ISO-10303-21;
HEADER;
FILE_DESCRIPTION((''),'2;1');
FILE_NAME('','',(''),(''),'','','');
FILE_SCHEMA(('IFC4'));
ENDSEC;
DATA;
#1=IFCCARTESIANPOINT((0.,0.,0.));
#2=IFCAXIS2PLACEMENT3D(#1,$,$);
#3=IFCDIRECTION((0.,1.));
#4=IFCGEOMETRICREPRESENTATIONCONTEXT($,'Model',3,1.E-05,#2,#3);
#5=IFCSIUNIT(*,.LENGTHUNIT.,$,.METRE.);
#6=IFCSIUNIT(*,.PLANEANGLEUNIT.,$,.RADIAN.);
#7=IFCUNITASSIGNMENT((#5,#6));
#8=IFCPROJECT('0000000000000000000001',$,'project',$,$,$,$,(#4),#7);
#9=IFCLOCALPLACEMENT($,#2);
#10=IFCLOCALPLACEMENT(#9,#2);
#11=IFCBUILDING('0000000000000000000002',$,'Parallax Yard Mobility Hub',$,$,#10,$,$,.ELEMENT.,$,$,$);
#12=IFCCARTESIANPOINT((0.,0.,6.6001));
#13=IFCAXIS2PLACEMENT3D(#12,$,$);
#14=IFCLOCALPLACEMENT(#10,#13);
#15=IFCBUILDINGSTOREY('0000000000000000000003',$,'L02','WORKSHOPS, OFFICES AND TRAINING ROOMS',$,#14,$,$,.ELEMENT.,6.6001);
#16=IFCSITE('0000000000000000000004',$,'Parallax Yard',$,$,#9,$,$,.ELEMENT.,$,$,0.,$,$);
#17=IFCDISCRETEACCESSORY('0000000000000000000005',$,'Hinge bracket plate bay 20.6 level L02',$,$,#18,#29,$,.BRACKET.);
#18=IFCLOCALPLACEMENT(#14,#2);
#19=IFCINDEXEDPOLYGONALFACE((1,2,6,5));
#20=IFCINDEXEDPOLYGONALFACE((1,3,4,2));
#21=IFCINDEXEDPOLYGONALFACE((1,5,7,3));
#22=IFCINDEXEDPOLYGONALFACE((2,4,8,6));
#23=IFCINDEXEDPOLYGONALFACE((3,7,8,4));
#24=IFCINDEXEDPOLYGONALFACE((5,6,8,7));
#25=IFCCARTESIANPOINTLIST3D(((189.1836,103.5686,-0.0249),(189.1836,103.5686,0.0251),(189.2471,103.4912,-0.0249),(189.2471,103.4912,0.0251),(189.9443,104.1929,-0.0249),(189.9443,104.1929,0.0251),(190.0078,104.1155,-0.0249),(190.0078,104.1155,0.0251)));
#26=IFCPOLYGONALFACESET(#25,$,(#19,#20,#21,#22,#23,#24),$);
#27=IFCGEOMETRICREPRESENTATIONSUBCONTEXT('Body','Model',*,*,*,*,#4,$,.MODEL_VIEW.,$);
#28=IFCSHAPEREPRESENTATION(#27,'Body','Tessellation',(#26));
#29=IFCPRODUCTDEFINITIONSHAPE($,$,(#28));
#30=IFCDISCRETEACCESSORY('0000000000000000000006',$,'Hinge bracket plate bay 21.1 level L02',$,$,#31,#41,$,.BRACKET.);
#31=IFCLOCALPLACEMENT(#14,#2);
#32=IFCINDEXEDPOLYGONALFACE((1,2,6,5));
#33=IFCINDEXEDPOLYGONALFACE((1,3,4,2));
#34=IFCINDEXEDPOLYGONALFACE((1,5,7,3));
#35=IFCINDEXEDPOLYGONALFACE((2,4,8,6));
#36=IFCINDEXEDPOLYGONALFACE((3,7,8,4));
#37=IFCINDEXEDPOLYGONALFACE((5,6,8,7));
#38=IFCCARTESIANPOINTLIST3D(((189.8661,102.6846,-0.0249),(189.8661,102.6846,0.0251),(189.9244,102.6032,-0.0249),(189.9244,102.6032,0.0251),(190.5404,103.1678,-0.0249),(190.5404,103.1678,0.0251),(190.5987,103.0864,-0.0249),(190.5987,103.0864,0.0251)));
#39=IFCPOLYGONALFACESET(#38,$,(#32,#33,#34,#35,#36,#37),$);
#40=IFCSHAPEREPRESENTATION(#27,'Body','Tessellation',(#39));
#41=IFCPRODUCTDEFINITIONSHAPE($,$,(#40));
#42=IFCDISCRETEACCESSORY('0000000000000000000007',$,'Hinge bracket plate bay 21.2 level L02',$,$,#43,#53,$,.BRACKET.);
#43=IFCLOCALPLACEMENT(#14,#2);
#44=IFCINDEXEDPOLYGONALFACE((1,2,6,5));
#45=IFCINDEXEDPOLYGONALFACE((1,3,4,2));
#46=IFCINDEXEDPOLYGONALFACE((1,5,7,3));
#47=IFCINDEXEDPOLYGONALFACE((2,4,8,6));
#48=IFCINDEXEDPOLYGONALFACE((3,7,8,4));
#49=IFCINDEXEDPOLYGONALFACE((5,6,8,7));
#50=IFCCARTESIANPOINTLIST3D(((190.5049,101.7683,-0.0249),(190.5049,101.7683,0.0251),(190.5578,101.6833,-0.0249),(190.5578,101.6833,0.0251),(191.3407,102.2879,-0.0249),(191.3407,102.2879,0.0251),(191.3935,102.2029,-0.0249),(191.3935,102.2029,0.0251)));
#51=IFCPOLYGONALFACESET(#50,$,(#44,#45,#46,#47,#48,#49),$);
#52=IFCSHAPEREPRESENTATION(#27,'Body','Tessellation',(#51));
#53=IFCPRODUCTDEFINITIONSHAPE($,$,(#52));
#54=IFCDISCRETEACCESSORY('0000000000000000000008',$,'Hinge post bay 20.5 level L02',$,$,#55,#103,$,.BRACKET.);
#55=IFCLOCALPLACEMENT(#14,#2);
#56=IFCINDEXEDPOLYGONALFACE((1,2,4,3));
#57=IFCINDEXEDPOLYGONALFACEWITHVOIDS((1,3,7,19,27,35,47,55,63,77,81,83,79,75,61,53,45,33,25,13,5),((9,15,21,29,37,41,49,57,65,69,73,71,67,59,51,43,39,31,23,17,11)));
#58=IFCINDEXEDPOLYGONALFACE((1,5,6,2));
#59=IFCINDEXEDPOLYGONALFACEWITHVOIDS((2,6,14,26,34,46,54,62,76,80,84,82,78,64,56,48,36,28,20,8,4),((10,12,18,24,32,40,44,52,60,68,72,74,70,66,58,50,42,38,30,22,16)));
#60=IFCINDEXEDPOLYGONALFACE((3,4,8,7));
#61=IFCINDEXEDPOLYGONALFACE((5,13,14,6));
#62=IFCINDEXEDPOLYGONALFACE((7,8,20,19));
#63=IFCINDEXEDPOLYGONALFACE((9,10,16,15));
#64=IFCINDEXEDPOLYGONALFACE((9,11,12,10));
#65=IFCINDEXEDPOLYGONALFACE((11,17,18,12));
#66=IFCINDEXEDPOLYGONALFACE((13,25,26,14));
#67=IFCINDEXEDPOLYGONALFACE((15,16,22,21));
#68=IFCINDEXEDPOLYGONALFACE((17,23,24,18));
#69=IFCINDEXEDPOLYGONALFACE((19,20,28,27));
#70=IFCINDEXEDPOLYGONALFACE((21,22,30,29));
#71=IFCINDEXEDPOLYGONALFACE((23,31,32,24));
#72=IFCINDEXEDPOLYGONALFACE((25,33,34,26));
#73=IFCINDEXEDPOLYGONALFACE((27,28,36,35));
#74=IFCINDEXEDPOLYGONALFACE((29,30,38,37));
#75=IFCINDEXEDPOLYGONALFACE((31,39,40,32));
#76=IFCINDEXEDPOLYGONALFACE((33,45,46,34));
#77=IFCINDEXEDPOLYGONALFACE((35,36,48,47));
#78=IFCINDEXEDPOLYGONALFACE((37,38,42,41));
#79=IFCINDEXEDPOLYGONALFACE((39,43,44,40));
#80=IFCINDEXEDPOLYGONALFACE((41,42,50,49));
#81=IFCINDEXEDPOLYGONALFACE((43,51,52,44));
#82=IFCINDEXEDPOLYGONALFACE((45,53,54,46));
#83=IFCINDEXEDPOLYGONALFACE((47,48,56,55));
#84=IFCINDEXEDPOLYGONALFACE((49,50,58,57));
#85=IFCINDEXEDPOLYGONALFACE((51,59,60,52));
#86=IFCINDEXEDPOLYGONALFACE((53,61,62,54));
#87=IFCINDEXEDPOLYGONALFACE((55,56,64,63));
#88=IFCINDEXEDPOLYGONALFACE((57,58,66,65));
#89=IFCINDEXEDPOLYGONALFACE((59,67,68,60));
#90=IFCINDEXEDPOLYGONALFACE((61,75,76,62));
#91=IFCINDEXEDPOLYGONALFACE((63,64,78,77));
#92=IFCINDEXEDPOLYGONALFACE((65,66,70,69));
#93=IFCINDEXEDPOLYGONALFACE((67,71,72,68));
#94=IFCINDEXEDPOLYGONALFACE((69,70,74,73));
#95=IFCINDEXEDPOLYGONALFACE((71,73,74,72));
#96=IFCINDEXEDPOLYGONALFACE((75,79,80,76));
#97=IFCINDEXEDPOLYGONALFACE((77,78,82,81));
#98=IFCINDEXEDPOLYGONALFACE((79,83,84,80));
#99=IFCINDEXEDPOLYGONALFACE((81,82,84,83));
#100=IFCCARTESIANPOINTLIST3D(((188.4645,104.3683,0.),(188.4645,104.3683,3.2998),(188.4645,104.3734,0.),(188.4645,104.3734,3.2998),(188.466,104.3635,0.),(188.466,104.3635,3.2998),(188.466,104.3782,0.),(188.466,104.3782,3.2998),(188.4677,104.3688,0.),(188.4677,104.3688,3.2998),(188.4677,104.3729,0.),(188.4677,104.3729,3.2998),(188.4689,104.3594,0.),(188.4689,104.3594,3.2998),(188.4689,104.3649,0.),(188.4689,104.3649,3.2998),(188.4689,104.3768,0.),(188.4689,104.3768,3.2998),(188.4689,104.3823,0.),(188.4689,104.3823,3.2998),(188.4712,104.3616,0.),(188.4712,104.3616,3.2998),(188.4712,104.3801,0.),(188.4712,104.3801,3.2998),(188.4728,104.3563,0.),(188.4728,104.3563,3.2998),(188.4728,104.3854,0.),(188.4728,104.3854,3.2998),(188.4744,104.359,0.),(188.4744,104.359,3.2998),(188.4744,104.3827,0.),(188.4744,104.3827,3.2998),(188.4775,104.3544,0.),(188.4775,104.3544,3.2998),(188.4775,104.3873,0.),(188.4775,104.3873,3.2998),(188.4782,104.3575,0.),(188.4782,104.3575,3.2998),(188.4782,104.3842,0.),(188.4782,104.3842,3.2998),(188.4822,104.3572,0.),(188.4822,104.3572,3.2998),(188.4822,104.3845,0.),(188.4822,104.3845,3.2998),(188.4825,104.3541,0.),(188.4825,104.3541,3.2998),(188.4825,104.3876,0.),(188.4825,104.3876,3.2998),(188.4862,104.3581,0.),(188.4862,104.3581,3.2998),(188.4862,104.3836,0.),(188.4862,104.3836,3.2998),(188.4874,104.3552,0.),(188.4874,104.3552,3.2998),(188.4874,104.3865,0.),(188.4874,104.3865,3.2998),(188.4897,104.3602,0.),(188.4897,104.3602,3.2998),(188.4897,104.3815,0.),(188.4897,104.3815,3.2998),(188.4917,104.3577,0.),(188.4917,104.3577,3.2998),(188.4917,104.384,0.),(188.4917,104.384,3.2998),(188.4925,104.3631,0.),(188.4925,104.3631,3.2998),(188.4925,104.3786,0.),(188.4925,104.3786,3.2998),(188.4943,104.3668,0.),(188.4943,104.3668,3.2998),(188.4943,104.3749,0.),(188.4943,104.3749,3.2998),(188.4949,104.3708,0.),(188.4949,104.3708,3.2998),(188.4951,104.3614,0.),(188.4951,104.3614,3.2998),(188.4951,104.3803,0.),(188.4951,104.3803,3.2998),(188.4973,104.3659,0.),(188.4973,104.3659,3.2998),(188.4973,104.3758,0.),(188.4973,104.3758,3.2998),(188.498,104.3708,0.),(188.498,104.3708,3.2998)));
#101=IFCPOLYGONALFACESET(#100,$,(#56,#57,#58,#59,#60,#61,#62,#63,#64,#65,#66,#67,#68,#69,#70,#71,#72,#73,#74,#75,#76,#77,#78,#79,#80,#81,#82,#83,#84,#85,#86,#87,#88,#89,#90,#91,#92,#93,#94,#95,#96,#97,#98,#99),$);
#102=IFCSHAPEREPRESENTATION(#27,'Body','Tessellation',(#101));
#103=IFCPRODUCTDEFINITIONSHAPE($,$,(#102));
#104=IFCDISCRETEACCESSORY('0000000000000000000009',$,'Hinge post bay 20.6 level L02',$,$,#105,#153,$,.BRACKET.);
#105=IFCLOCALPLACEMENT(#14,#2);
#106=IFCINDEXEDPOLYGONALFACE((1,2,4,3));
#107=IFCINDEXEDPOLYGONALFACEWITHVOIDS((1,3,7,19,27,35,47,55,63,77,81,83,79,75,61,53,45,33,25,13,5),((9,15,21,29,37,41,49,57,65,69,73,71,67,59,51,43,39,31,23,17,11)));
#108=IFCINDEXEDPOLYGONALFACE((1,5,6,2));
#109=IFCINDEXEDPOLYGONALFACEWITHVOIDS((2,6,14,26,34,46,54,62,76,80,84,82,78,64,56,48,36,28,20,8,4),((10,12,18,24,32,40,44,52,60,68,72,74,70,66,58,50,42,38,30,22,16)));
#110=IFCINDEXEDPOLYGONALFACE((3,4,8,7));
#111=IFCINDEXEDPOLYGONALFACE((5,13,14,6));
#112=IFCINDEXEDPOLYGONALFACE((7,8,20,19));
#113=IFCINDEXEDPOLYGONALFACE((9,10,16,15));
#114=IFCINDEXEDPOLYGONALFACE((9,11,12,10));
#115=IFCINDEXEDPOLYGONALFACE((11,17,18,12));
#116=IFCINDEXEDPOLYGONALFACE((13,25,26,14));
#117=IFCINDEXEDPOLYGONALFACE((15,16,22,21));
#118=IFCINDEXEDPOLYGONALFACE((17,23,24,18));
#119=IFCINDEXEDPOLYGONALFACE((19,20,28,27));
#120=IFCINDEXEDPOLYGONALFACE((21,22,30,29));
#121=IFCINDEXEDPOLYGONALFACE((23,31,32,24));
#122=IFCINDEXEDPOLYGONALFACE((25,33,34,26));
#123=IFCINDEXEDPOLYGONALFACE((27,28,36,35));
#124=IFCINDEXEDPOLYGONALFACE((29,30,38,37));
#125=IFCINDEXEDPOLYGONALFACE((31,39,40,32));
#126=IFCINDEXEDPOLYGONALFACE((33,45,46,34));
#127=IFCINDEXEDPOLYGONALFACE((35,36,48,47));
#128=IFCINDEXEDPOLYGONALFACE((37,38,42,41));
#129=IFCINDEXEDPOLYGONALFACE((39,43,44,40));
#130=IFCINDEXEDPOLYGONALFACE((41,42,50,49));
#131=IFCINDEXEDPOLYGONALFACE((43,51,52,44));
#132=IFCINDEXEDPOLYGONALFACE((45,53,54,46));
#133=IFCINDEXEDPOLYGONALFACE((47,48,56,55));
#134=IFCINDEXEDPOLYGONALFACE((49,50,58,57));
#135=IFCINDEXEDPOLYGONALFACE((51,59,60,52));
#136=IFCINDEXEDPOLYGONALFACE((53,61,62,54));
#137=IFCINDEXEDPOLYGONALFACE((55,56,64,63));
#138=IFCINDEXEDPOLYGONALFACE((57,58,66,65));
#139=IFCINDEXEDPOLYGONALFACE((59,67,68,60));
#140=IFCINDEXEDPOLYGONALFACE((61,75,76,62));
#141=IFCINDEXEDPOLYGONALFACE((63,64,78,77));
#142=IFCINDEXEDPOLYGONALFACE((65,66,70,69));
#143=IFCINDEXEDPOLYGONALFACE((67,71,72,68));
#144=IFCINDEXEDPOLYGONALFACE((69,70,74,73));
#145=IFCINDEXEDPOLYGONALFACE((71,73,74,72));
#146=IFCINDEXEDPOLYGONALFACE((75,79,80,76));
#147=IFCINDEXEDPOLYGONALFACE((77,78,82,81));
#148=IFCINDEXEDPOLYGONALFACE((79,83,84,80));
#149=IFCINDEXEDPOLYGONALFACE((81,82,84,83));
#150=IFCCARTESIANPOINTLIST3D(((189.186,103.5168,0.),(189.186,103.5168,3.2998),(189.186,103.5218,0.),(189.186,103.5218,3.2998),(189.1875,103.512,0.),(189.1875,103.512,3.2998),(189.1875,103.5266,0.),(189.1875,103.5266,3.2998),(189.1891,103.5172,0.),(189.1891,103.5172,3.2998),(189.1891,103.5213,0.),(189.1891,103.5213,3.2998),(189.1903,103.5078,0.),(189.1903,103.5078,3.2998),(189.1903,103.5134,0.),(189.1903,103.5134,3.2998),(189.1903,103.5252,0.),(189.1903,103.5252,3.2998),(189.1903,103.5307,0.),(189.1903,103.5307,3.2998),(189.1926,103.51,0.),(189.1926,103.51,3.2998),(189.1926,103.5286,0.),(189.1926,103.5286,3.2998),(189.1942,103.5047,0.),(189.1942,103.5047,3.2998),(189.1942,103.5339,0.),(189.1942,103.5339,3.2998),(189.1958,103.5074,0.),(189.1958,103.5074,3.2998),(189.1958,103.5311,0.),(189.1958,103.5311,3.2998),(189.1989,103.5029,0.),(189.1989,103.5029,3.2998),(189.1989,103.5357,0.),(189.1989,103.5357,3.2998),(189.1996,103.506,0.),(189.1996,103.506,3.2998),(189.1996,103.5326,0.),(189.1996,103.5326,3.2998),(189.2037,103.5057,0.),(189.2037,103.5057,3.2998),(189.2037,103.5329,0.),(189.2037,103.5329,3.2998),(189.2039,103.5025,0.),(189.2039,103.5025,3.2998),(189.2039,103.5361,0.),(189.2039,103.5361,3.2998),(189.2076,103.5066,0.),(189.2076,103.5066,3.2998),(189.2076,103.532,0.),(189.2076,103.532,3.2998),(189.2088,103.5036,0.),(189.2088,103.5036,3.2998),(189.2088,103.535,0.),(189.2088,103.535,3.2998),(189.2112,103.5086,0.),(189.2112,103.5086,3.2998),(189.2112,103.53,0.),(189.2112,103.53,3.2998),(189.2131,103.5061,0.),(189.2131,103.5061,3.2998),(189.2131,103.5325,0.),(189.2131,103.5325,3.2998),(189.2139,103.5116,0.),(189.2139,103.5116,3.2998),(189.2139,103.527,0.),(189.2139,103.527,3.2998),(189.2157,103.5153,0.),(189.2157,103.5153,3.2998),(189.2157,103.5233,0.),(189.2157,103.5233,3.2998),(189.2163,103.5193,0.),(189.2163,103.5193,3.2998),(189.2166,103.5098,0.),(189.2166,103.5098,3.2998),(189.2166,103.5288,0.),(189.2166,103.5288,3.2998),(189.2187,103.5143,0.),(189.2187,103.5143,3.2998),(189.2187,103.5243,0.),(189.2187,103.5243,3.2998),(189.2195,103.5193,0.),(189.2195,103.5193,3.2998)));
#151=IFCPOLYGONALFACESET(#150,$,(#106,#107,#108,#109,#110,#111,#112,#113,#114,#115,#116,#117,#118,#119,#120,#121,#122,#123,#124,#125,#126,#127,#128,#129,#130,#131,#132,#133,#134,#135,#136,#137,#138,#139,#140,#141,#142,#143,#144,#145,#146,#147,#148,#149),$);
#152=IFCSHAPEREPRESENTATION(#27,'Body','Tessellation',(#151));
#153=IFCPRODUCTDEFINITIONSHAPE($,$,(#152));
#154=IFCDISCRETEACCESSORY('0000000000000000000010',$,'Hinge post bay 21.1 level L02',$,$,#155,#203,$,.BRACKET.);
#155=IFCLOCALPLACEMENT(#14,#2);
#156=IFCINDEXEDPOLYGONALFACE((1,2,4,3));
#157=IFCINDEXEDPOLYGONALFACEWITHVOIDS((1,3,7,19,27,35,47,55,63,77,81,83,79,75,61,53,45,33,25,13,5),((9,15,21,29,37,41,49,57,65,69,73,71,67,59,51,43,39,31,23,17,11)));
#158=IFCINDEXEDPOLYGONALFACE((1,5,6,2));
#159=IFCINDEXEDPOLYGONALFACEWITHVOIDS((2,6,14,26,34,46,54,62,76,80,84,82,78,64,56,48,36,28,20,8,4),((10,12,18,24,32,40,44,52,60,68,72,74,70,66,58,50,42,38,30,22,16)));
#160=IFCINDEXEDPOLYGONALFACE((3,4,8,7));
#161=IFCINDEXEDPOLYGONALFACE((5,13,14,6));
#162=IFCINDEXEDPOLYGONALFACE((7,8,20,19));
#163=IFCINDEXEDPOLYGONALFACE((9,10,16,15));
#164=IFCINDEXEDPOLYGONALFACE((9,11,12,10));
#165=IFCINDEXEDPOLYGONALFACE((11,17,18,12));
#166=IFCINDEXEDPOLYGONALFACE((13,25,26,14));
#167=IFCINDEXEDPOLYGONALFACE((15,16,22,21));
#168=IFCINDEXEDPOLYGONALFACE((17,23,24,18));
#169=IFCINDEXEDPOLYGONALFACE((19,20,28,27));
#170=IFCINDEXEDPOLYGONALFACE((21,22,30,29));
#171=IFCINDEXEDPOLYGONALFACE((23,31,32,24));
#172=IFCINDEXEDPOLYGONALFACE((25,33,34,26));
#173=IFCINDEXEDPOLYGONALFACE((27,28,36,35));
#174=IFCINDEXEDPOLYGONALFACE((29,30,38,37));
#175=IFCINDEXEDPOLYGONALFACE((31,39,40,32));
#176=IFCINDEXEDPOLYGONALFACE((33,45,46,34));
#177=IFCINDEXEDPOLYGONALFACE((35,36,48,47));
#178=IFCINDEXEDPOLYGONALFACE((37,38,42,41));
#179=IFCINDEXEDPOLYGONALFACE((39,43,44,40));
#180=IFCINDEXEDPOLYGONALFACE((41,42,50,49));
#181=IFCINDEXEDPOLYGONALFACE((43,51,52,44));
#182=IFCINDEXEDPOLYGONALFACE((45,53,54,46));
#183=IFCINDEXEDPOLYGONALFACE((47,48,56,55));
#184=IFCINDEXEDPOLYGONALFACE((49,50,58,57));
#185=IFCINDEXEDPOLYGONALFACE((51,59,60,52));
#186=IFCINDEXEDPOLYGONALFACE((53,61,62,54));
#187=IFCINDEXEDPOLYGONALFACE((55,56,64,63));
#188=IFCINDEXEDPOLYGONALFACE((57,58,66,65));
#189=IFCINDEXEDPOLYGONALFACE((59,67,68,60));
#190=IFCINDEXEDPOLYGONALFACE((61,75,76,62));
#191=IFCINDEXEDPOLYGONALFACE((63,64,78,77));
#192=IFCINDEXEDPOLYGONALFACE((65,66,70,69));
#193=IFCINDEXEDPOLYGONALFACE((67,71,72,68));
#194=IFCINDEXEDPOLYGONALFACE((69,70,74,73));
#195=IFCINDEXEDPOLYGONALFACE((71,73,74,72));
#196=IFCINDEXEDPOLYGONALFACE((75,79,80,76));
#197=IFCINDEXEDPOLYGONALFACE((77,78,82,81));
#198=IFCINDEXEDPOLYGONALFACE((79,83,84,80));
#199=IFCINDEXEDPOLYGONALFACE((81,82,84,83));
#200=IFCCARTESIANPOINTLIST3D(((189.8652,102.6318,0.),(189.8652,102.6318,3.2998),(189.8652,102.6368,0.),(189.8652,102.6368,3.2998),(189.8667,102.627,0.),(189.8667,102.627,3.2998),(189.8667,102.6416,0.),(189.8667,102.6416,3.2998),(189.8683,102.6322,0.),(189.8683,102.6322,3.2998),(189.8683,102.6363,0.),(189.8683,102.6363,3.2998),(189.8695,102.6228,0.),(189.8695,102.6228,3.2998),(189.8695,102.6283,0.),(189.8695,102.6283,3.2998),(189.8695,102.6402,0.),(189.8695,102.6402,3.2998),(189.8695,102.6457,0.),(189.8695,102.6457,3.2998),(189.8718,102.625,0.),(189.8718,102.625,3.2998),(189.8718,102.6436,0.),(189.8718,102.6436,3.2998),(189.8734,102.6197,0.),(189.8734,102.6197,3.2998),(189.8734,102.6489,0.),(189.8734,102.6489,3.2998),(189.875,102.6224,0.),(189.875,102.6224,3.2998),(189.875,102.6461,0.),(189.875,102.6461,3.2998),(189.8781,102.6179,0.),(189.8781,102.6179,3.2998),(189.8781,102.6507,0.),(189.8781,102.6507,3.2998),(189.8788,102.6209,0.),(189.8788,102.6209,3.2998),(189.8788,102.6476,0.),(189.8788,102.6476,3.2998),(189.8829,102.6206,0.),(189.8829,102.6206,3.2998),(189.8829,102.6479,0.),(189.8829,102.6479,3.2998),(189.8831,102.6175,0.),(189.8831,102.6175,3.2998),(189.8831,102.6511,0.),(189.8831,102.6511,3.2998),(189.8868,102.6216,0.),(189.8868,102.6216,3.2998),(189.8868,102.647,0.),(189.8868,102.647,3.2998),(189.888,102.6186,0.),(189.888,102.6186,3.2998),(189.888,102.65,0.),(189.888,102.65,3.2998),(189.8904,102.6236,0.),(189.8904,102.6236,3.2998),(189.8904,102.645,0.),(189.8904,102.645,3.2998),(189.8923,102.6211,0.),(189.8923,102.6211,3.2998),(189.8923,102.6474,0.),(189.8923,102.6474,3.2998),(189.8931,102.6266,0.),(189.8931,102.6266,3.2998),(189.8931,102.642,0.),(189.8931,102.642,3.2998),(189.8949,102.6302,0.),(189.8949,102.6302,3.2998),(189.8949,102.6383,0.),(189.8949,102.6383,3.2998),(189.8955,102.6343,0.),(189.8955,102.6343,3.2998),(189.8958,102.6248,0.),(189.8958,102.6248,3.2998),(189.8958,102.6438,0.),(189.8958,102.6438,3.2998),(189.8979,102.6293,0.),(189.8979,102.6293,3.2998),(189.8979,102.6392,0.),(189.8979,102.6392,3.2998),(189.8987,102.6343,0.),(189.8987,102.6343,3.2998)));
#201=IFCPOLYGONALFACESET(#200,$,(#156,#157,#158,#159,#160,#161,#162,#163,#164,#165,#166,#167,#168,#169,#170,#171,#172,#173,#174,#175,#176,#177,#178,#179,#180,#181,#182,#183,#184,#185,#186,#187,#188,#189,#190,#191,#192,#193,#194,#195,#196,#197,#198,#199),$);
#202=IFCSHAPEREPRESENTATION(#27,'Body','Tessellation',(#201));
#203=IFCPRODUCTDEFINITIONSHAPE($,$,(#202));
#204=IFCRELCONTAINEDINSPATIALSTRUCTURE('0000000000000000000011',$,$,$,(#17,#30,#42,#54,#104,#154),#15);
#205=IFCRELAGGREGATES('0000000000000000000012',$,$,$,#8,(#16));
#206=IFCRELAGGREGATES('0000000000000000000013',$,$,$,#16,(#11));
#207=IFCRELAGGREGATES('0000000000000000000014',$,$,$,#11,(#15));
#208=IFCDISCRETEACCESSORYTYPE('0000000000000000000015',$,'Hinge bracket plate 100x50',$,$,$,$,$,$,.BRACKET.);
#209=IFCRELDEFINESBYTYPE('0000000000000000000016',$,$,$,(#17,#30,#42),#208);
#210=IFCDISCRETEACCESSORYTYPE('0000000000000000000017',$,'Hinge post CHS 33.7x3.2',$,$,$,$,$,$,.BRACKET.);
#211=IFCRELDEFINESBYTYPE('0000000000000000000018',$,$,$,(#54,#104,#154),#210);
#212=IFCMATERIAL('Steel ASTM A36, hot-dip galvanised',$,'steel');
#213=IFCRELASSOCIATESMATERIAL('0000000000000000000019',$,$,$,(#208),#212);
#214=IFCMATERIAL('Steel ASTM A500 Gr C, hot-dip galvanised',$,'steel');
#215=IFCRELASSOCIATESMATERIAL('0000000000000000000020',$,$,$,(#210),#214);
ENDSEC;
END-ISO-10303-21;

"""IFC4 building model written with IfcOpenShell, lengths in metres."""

from ifc_helpers import new_model, si_unit, direction, frame, origin, origin_2d, place, context, subcontext, project, spatial, rectangle, hollow_circle, extrude, material, material_profile, profile_set, type_object, element, save


model = new_model("IFC4")

# Units and contexts
model_context = context("Model", 3, precision=1e-05, world=origin(), true_north=direction((0.0, 1.0)))
body_context = subcontext(model_context, "Body", "Model", "MODEL_VIEW")
ifc_project = project(units=[si_unit("LENGTHUNIT", "METRE"), si_unit("PLANEANGLEUNIT", "RADIAN")], contexts=[model_context])

# Site, building, storey
site_placement = place(None, origin())
site = spatial("IfcSite", under=ifc_project, at=site_placement, Name="Parallax Yard", CompositionType="ELEMENT", RefElevation=0.0)
building_placement = place(site_placement, origin())
building = spatial("IfcBuilding", under=site, at=building_placement, Name="Parallax Yard Mobility Hub", CompositionType="ELEMENT")
storey_placement = place(building_placement, frame((0.0, 0.0, 6.6001)))
storey = spatial("IfcBuildingStorey", under=building, at=storey_placement, Name="L02", Description="WORKSHOPS, OFFICES AND TRAINING ROOMS", CompositionType="ELEMENT", Elevation=6.6001)

# Discrete accessories
ifc_material_1 = material(Name="Steel ASTM A36, hot-dip galvanised", Category="steel")
discrete_accessory_type_1 = type_object("IfcDiscreteAccessoryType", Name="Hinge bracket plate 100x50", PredefinedType="BRACKET", material=ifc_material_1)
for number, where, z_axis, x_axis, name in (
    (1, (189.5957, 103.842, -0.0249), (0.0, 0.0, 1.0), (-0.77301, -0.634393, 0.0), "Hinge bracket plate bay 20.6 level L02"),
):
    element("IfcDiscreteAccessory", number, at=place(storey_placement, frame(where, z_axis=z_axis, x_axis=x_axis)), inside=storey, type_object=discrete_accessory_type_1, Name=name, PredefinedType="BRACKET", context=body_context, shape_type="SweptSolid", body=[
        extrude(rectangle(XDim=0.9841, YDim=0.1001, at=origin_2d()), origin(), (0.0, 0.0, 1.0), 0.05),
    ])
discrete_accessory_1_placement = place(storey_placement, frame((190.2324, 102.8855, -0.0249), z_axis=(0.0, 0.0, 1.0), x_axis=(-0.812847, -0.582478, 0.0)))
element("IfcDiscreteAccessory", 2, at=discrete_accessory_1_placement, inside=storey, type_object=discrete_accessory_type_1, Name="Hinge bracket plate bay 21.1 level L02", PredefinedType="BRACKET", context=body_context, shape_type="SweptSolid", body=[
    extrude(rectangle(XDim=0.8296, YDim=0.1001, at=origin_2d()), origin(), (0.0, 0.0, 1.0), 0.05),
])
discrete_accessory_2_placement = place(storey_placement, frame((190.9492, 101.9856, -0.0249), z_axis=(0.0, 0.0, 1.0), x_axis=(-0.849202, -0.528068, 0.0)))
element("IfcDiscreteAccessory", 3, at=discrete_accessory_2_placement, inside=storey, type_object=discrete_accessory_type_1, Name="Hinge bracket plate bay 21.2 level L02", PredefinedType="BRACKET", context=body_context, shape_type="SweptSolid", body=[
    extrude(rectangle(XDim=0.9841, YDim=0.1001, at=origin_2d()), origin(), (0.0, 0.0, 1.0), 0.05),
])
ifc_material_2 = material(Name="Steel ASTM A500 Gr C, hot-dip galvanised", Category="steel")
ifc_material_profile_1 = material_profile(ifc_material_2, hollow_circle(Radius=0.0168, WallThickness=0.0032, at=origin_2d()), Name="CHS 33.7x3.2")
ifc_profile_set_1 = profile_set([ifc_material_profile_1], Name="Steel ASTM A500 Gr C, hot-dip galvanised")
discrete_accessory_type_2 = type_object("IfcDiscreteAccessoryType", Name="Hinge post CHS 33.7x3.2", PredefinedType="BRACKET", material=ifc_profile_set_1)
for number, where, z_axis, x_axis, name in (
    (4, (188.4812, 104.3708, 0.0), (0.0, 0.0, 1.0), (1.0, 0.0, 0.0), "Hinge post bay 20.5 level L02"),
    (5, (189.2026, 103.5193, 0.0), (0.0, 0.0, 1.0), (1.0, 0.0, 0.0), "Hinge post bay 20.6 level L02"),
    (6, (189.8818, 102.6343, 0.0), (0.0, 0.0, 1.0), (1.0, 0.0, 0.0), "Hinge post bay 21.1 level L02"),
):
    element("IfcDiscreteAccessory", number, at=place(storey_placement, frame(where, z_axis=z_axis, x_axis=x_axis)), inside=storey, type_object=discrete_accessory_type_2, Name=name, PredefinedType="BRACKET", context=body_context, shape_type="SweptSolid", body=[
        extrude(hollow_circle(Radius=0.0168, WallThickness=0.0032, at=origin_2d()), origin(), (0.0, 0.0, 1.0), 3.2998),
    ])

save(model, "model.ifc")
